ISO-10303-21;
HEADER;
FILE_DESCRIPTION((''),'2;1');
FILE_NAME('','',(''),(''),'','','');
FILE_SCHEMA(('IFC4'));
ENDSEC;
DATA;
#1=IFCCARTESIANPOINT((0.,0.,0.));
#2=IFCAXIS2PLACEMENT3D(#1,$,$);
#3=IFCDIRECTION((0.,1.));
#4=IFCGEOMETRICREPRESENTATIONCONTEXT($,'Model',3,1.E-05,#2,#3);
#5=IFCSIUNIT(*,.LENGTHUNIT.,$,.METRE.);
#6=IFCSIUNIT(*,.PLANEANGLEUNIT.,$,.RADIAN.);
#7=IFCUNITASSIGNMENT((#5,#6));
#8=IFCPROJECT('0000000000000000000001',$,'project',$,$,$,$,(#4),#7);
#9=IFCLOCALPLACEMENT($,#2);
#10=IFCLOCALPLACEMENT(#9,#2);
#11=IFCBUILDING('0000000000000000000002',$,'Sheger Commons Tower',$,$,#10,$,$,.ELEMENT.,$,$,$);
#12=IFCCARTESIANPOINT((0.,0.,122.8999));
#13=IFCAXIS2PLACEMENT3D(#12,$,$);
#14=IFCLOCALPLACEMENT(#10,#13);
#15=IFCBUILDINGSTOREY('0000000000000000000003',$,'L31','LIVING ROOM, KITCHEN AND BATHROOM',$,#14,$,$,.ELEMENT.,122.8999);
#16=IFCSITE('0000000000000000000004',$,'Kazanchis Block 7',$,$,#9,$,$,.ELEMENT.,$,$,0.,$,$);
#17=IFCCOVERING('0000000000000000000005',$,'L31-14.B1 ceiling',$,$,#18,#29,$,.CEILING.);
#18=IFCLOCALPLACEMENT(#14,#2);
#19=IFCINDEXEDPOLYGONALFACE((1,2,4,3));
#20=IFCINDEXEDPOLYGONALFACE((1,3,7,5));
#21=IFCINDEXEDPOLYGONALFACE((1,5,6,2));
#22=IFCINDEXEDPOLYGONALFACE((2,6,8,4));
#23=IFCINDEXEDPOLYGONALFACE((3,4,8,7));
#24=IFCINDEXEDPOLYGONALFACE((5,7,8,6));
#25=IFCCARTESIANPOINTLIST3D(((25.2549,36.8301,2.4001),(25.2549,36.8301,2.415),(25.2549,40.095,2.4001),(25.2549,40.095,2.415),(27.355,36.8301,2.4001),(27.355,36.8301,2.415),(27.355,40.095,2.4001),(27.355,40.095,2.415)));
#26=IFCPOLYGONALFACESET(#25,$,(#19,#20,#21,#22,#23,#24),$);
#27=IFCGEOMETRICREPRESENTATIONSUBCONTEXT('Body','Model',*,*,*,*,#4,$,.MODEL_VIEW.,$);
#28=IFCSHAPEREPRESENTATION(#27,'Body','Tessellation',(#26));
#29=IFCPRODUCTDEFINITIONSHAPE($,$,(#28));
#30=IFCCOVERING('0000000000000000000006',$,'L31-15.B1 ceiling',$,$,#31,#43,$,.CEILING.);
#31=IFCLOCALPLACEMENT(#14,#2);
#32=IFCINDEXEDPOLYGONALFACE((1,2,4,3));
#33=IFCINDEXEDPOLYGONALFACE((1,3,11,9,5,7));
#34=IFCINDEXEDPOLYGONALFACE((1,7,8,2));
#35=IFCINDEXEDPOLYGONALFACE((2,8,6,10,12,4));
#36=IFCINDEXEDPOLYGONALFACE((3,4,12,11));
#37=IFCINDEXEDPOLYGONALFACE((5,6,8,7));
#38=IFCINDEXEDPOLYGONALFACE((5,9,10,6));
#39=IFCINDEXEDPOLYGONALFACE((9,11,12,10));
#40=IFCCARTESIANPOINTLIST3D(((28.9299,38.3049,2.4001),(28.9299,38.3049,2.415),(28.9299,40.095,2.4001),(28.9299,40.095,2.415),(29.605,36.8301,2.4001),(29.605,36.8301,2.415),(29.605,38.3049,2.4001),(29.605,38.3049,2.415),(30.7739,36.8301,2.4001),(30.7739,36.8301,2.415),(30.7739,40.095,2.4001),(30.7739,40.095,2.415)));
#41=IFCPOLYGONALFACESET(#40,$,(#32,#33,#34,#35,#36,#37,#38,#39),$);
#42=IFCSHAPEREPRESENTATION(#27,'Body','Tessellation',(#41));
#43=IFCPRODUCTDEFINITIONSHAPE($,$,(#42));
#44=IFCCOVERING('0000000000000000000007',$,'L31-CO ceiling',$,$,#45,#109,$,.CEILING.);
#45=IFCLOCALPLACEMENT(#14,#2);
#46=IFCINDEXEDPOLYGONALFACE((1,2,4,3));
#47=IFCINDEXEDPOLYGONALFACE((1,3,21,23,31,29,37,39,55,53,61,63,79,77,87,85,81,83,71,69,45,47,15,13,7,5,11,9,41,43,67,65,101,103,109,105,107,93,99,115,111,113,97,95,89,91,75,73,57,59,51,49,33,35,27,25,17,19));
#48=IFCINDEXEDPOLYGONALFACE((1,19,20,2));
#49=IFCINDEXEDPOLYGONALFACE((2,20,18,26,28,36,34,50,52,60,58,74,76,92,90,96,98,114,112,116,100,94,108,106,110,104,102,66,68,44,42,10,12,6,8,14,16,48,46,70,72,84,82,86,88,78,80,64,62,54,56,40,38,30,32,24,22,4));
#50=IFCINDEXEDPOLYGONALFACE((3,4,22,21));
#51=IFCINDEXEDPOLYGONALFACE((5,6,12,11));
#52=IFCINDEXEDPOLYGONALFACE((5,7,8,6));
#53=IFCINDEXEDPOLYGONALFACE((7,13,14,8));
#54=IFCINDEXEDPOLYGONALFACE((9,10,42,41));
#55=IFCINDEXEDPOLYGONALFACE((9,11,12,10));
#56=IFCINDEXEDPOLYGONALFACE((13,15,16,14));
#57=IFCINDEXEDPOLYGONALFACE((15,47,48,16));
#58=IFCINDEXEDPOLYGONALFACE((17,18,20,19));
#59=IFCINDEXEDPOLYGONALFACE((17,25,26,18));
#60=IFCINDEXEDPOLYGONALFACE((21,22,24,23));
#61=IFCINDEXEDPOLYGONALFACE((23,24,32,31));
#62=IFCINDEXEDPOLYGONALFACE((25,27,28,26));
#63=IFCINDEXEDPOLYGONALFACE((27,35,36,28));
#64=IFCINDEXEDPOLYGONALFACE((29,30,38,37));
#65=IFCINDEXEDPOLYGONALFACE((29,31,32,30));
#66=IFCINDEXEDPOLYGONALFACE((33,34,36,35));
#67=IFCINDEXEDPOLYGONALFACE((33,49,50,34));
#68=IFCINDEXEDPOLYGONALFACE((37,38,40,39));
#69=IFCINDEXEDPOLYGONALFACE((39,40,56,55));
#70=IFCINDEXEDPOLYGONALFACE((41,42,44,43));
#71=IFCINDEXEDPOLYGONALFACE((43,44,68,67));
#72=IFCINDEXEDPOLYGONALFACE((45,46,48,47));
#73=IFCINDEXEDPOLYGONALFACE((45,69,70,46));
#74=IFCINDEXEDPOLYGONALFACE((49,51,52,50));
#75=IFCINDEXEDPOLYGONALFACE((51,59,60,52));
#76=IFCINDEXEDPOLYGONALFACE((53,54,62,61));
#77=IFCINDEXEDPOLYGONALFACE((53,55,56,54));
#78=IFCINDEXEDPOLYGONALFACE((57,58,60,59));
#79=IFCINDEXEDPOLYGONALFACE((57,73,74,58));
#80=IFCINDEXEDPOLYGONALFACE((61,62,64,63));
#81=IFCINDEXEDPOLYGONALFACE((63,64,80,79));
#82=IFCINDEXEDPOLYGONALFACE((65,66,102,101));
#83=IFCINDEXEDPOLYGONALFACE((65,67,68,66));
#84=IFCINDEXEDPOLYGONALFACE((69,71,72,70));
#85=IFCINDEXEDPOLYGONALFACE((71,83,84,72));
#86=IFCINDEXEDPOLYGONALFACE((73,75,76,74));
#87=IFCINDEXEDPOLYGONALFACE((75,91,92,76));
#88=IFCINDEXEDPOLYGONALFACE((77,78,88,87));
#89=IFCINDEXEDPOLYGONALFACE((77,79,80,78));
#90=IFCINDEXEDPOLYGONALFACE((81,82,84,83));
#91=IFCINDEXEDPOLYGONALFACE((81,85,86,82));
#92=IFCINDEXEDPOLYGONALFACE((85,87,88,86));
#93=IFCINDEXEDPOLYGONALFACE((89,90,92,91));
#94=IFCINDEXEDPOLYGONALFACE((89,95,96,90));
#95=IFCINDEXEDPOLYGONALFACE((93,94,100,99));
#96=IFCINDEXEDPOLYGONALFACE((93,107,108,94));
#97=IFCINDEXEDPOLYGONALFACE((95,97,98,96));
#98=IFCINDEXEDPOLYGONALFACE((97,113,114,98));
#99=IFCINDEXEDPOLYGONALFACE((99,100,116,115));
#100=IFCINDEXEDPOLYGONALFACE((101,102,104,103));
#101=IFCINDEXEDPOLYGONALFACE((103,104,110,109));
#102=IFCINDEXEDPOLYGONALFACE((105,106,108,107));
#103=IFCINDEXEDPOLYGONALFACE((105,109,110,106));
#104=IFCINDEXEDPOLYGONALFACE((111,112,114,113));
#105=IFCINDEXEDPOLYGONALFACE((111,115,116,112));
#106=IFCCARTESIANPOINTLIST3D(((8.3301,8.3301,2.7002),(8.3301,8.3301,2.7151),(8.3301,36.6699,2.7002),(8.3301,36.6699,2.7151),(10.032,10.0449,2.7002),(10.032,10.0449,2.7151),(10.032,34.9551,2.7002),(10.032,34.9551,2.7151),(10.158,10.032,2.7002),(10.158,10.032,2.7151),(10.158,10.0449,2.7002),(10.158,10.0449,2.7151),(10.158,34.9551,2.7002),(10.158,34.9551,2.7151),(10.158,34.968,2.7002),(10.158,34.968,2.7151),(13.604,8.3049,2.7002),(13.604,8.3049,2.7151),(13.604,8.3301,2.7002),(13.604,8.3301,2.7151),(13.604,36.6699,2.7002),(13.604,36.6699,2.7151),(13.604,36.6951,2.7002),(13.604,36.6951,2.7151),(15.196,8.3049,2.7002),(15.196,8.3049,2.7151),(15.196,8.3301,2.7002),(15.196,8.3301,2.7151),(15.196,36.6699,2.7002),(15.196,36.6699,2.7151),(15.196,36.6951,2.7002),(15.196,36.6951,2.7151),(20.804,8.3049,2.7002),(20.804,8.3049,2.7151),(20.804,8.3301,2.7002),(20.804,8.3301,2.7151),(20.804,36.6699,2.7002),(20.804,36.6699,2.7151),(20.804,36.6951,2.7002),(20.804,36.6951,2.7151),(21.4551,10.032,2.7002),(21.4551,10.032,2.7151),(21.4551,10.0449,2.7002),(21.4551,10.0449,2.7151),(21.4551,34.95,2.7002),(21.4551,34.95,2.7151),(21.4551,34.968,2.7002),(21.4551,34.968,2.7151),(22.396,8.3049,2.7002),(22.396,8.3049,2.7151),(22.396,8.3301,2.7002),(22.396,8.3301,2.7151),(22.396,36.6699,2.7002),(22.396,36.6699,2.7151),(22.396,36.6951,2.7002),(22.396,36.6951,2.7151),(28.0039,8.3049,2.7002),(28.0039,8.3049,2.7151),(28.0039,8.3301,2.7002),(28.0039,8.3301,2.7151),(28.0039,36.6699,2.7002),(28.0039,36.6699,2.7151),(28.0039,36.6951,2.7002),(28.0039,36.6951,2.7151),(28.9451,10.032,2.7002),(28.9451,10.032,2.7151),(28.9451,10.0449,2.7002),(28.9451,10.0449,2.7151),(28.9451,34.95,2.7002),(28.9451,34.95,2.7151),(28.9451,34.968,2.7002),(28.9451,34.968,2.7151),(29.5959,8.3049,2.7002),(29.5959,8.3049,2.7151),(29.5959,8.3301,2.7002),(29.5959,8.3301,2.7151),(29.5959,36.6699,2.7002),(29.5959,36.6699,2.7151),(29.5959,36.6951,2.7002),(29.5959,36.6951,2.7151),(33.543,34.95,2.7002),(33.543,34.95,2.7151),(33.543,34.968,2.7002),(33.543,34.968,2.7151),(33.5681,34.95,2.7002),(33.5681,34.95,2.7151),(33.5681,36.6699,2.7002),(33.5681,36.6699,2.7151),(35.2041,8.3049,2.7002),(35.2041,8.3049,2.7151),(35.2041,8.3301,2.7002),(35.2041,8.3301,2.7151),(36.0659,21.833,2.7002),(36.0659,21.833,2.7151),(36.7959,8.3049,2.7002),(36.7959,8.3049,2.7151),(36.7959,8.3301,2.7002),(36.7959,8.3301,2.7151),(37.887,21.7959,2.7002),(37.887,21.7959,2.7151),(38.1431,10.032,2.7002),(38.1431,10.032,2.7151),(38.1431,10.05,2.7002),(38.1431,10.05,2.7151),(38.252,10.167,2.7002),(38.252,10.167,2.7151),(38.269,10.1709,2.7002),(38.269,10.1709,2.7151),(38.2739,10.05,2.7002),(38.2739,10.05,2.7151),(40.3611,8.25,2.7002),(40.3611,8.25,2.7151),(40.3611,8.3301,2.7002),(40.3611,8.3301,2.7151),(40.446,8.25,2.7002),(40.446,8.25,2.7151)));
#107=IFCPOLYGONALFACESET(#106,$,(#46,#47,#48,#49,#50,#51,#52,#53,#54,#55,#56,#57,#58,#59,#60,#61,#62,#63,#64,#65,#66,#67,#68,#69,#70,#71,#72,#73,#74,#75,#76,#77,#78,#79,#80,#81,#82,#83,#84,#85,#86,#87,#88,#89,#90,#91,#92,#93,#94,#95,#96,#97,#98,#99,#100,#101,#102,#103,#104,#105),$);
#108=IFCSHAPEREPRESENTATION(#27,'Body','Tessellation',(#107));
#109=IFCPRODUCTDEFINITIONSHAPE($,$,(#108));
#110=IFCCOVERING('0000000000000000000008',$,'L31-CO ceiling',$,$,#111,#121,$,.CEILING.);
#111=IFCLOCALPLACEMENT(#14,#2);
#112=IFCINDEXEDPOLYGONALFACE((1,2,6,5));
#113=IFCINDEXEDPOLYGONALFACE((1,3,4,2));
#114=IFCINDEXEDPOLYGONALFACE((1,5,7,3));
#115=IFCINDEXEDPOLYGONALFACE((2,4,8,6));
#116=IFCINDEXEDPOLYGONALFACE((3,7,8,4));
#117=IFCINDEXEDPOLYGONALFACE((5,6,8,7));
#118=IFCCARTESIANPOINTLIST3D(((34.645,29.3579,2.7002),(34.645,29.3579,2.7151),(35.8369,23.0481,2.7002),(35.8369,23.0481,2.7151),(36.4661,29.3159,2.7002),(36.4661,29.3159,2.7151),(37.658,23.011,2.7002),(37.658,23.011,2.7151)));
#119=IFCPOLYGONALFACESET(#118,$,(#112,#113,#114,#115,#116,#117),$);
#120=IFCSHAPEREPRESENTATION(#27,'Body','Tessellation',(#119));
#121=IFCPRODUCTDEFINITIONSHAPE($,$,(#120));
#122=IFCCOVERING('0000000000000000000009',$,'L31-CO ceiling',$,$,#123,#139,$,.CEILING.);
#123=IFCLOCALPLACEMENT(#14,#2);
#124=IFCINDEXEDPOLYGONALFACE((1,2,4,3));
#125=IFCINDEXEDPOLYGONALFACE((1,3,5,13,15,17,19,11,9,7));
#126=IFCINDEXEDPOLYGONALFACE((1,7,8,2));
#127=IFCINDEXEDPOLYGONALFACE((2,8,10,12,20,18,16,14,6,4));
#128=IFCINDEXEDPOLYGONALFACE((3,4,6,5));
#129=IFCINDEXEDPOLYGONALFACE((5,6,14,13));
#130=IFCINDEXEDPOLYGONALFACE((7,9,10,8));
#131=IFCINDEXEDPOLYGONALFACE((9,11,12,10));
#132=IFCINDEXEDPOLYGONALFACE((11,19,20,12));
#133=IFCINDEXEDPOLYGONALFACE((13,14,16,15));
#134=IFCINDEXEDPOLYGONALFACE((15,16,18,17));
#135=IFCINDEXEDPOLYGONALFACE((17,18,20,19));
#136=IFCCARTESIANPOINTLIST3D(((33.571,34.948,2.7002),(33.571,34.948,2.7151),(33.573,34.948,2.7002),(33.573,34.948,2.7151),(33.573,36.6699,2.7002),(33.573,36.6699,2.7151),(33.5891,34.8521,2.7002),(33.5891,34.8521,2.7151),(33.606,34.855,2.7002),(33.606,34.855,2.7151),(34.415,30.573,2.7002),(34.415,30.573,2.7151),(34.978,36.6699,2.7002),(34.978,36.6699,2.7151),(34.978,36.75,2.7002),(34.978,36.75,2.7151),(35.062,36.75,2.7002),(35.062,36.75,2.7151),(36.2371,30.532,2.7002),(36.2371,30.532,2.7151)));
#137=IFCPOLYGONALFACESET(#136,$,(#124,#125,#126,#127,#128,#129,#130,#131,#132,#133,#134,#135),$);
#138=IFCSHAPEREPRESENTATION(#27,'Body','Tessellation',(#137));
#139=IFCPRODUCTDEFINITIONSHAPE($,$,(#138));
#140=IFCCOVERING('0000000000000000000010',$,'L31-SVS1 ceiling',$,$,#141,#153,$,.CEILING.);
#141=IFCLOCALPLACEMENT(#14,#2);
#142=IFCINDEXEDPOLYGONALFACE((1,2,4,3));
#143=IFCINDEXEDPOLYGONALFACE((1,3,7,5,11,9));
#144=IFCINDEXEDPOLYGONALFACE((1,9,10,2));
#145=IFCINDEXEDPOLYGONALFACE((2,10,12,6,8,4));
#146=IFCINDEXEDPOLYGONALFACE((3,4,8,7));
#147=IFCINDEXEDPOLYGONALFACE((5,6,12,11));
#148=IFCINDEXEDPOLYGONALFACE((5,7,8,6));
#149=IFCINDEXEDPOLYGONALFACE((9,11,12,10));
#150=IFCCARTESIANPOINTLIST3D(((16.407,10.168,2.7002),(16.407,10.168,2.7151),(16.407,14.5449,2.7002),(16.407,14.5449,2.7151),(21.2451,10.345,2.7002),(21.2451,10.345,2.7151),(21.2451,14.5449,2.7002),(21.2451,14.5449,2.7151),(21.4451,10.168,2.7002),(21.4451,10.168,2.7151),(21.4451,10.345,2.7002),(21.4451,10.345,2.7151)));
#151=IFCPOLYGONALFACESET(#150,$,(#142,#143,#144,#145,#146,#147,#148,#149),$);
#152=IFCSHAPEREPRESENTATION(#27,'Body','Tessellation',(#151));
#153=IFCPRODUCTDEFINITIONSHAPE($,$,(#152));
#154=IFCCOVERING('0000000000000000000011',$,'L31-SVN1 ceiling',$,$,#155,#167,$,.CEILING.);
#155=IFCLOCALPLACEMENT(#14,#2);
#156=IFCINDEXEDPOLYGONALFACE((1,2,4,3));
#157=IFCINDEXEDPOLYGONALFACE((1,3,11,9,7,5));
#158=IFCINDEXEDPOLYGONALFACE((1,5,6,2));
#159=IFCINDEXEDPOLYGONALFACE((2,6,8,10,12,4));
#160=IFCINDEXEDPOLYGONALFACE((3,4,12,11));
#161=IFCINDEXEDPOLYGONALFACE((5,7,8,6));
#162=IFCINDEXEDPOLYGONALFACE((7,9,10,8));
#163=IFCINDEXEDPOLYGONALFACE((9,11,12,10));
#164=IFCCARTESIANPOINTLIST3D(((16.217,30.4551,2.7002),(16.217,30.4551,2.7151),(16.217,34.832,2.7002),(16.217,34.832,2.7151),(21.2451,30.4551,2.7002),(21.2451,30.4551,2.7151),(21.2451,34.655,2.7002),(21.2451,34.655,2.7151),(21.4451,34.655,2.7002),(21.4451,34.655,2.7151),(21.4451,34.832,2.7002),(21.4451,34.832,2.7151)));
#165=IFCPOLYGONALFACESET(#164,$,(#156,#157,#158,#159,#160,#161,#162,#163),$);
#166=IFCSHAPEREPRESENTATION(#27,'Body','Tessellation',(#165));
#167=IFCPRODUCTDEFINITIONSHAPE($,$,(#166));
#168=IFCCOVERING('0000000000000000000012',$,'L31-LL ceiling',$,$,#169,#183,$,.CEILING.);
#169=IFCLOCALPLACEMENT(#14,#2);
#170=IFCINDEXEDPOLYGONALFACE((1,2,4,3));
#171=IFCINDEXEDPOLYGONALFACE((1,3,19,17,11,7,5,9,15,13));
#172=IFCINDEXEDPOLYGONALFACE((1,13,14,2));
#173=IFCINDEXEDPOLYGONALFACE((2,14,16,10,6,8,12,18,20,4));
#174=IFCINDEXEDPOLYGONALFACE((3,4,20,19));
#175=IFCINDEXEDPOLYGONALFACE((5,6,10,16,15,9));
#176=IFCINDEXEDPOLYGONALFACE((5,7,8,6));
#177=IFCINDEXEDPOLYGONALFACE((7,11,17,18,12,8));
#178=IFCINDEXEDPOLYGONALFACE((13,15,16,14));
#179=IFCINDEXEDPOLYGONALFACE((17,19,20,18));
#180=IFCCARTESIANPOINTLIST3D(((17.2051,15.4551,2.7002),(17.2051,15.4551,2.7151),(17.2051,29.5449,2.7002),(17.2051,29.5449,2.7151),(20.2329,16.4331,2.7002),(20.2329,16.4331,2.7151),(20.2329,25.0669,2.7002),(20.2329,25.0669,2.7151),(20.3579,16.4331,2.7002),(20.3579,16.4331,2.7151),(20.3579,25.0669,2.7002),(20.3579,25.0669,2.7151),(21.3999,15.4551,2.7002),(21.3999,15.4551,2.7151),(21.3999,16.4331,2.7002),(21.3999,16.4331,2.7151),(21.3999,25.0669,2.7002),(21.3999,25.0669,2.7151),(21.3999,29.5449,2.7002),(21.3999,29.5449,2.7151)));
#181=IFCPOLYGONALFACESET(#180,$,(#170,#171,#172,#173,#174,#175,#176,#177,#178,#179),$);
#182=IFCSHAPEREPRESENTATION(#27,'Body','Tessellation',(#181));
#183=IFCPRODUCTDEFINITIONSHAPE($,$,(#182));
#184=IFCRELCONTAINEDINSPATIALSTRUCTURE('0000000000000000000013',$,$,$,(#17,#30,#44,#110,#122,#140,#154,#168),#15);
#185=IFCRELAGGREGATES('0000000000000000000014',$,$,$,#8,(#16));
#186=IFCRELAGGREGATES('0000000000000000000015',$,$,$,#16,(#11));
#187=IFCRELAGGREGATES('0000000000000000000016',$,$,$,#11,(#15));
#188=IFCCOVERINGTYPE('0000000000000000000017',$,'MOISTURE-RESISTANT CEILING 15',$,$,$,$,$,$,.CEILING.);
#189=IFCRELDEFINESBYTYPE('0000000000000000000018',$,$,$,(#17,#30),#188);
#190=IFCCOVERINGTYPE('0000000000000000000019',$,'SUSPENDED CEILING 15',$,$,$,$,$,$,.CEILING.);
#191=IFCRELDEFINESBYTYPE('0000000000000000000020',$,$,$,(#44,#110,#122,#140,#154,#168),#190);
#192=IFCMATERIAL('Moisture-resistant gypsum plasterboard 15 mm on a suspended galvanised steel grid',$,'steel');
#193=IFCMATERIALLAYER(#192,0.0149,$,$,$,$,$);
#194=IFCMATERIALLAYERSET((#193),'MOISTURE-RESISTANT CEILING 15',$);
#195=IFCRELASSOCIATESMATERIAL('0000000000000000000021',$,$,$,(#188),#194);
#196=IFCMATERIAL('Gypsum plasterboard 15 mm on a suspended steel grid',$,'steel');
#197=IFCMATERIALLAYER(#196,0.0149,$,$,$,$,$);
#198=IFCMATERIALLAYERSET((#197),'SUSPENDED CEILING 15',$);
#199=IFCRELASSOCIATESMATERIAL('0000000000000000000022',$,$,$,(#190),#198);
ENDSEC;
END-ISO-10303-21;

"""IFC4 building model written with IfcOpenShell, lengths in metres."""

from ifc_helpers import new_model, si_unit, direction, frame, origin, place, context, subcontext, project, spatial, polyline, outline, extrude, material, layer, layer_set, type_object, element, save


model = new_model("IFC4")

# Units and contexts
model_context = context("Model", 3, precision=1e-05, world=origin(), true_north=direction((0.0, 1.0)))
body_context = subcontext(model_context, "Body", "Model", "MODEL_VIEW")
ifc_project = project(units=[si_unit("LENGTHUNIT", "METRE"), si_unit("PLANEANGLEUNIT", "RADIAN")], contexts=[model_context])

# Site, building, storey
site_placement = place(None, origin())
site = spatial("IfcSite", under=ifc_project, at=site_placement, Name="Kazanchis Block 7", CompositionType="ELEMENT", RefElevation=0.0)
building_placement = place(site_placement, origin())
building = spatial("IfcBuilding", under=site, at=building_placement, Name="Sheger Commons Tower", CompositionType="ELEMENT")
storey_placement = place(building_placement, frame((0.0, 0.0, 122.8999)))
storey = spatial("IfcBuildingStorey", under=building, at=storey_placement, Name="L31", Description="LIVING ROOM, KITCHEN AND BATHROOM", CompositionType="ELEMENT", Elevation=122.8999)

# Coverings
ifc_material_1 = material(Name="Moisture-resistant gypsum plasterboard 15 mm on a suspended galvanised steel grid", Category="steel")
ifc_layer_1 = layer(ifc_material_1, 0.0149)
ifc_layer_set_1 = layer_set([ifc_layer_1], Name="MOISTURE-RESISTANT CEILING 15")
covering_type_1 = type_object("IfcCoveringType", Name="MOISTURE-RESISTANT CEILING 15", PredefinedType="CEILING", material=ifc_layer_set_1)
covering_1_placement = place(storey_placement, frame((0.0, 0.0, 2.4001)))
element("IfcCovering", 1, at=covering_1_placement, inside=storey, type_object=covering_type_1, Name="L31-14.B1 ceiling", PredefinedType="CEILING", context=body_context, shape_type="SweptSolid", body=[
    extrude(outline(polyline([(25.2549, 36.8301), (27.355, 36.8301), (27.355, 40.095), (25.2549, 40.095), (25.2549, 36.8301)])), origin(), (0.0, 0.0, 1.0), 0.0149),
])
covering_2_placement = place(storey_placement, frame((0.0, 0.0, 2.4001)))
element("IfcCovering", 2, at=covering_2_placement, inside=storey, type_object=covering_type_1, Name="L31-15.B1 ceiling", PredefinedType="CEILING", context=body_context, shape_type="SweptSolid", body=[
    extrude(outline(polyline([(29.605, 36.8301), (30.7739, 36.8301), (30.7739, 40.095), (28.9299, 40.095), (28.9299, 38.3049), (29.605, 38.3049), (29.605, 36.8301)])), origin(), (0.0, 0.0, 1.0), 0.0149),
])
ifc_material_2 = material(Name="Gypsum plasterboard 15 mm on a suspended steel grid", Category="steel")
ifc_layer_2 = layer(ifc_material_2, 0.0149)
ifc_layer_set_2 = layer_set([ifc_layer_2], Name="SUSPENDED CEILING 15")
covering_type_2 = type_object("IfcCoveringType", Name="SUSPENDED CEILING 15", PredefinedType="CEILING", material=ifc_layer_set_2)
covering_3_placement = place(storey_placement, frame((0.0, 0.0, 2.7002)))
element("IfcCovering", 3, at=covering_3_placement, inside=storey, type_object=covering_type_2, Name="L31-CO ceiling", PredefinedType="CEILING", context=body_context, shape_type="SweptSolid", body=[
    extrude(outline(polyline([(40.3611, 8.25), (40.446, 8.25), (37.887, 21.7959), (36.0659, 21.833), (38.269, 10.1709), (38.252, 10.167), (38.2739, 10.05), (38.1431, 10.05), (38.1431, 10.032), (28.9451, 10.032), (28.9451, 10.0449), (21.4551, 10.0449), (21.4551, 10.032), (10.158, 10.032), (10.158, 10.0449), (10.032, 10.0449), (10.032, 34.9551), (10.158, 34.9551), (10.158, 34.968), (21.4551, 34.968), (21.4551, 34.95), (28.9451, 34.95), (28.9451, 34.968), (33.543, 34.968), (33.543, 34.95), (33.5681, 34.95), (33.5681, 36.6699), (29.5959, 36.6699), (29.5959, 36.6951), (28.0039, 36.6951), (28.0039, 36.6699), (22.396, 36.6699), (22.396, 36.6951), (20.804, 36.6951), (20.804, 36.6699), (15.196, 36.6699), (15.196, 36.6951), (13.604, 36.6951), (13.604, 36.6699), (8.3301, 36.6699), (8.3301, 8.3301), (13.604, 8.3301), (13.604, 8.3049), (15.196, 8.3049), (15.196, 8.3301), (20.804, 8.3301), (20.804, 8.3049), (22.396, 8.3049), (22.396, 8.3301), (28.0039, 8.3301), (28.0039, 8.3049), (29.5959, 8.3049), (29.5959, 8.3301), (35.2041, 8.3301), (35.2041, 8.3049), (36.7959, 8.3049), (36.7959, 8.3301), (40.3611, 8.3301), (40.3611, 8.25)])), origin(), (0.0, 0.0, 1.0), 0.0149),
])
covering_4_placement = place(storey_placement, frame((0.0, 0.0, 2.7002)))
element("IfcCovering", 4, at=covering_4_placement, inside=storey, type_object=covering_type_2, Name="L31-CO ceiling", PredefinedType="CEILING", context=body_context, shape_type="SweptSolid", body=[
    extrude(outline(polyline([(37.658, 23.011), (36.4661, 29.3159), (34.645, 29.3579), (35.8369, 23.0481), (37.658, 23.011)])), origin(), (0.0, 0.0, 1.0), 0.0149),
])
covering_5_placement = place(storey_placement, frame((0.0, 0.0, 2.7002)))
element("IfcCovering", 5, at=covering_5_placement, inside=storey, type_object=covering_type_2, Name="L31-CO ceiling", PredefinedType="CEILING", context=body_context, shape_type="SweptSolid", body=[
    extrude(outline(polyline([(36.2371, 30.532), (35.062, 36.75), (34.978, 36.75), (34.978, 36.6699), (33.573, 36.6699), (33.573, 34.948), (33.571, 34.948), (33.5891, 34.8521), (33.606, 34.855), (34.415, 30.573), (36.2371, 30.532)])), origin(), (0.0, 0.0, 1.0), 0.0149),
])
covering_6_placement = place(storey_placement, frame((0.0, 0.0, 2.7002)))
element("IfcCovering", 6, at=covering_6_placement, inside=storey, type_object=covering_type_2, Name="L31-SVS1 ceiling", PredefinedType="CEILING", context=body_context, shape_type="SweptSolid", body=[
    extrude(outline(polyline([(16.407, 10.168), (21.4451, 10.168), (21.4451, 10.345), (21.2451, 10.345), (21.2451, 14.5449), (16.407, 14.5449), (16.407, 10.168)])), origin(), (0.0, 0.0, 1.0), 0.0149),
])
covering_7_placement = place(storey_placement, frame((0.0, 0.0, 2.7002)))
element("IfcCovering", 7, at=covering_7_placement, inside=storey, type_object=covering_type_2, Name="L31-SVN1 ceiling", PredefinedType="CEILING", context=body_context, shape_type="SweptSolid", body=[
    extrude(outline(polyline([(16.217, 30.4551), (21.2451, 30.4551), (21.2451, 34.655), (21.4451, 34.655), (21.4451, 34.832), (16.217, 34.832), (16.217, 30.4551)])), origin(), (0.0, 0.0, 1.0), 0.0149),
])
covering_8_placement = place(storey_placement, frame((0.0, 0.0, 2.7002)))
element("IfcCovering", 8, at=covering_8_placement, inside=storey, type_object=covering_type_2, Name="L31-LL ceiling", PredefinedType="CEILING", context=body_context, shape_type="SweptSolid", body=[
    extrude(outline(polyline([(17.2051, 15.4551), (21.3999, 15.4551), (21.3999, 16.4331), (20.3579, 16.4331), (20.2329, 16.4331), (20.2329, 25.0669), (20.3579, 25.0669), (21.3999, 25.0669), (21.3999, 29.5449), (17.2051, 29.5449), (17.2051, 15.4551)])), origin(), (0.0, 0.0, 1.0), 0.0149),
])

save(model, "model.ifc")
